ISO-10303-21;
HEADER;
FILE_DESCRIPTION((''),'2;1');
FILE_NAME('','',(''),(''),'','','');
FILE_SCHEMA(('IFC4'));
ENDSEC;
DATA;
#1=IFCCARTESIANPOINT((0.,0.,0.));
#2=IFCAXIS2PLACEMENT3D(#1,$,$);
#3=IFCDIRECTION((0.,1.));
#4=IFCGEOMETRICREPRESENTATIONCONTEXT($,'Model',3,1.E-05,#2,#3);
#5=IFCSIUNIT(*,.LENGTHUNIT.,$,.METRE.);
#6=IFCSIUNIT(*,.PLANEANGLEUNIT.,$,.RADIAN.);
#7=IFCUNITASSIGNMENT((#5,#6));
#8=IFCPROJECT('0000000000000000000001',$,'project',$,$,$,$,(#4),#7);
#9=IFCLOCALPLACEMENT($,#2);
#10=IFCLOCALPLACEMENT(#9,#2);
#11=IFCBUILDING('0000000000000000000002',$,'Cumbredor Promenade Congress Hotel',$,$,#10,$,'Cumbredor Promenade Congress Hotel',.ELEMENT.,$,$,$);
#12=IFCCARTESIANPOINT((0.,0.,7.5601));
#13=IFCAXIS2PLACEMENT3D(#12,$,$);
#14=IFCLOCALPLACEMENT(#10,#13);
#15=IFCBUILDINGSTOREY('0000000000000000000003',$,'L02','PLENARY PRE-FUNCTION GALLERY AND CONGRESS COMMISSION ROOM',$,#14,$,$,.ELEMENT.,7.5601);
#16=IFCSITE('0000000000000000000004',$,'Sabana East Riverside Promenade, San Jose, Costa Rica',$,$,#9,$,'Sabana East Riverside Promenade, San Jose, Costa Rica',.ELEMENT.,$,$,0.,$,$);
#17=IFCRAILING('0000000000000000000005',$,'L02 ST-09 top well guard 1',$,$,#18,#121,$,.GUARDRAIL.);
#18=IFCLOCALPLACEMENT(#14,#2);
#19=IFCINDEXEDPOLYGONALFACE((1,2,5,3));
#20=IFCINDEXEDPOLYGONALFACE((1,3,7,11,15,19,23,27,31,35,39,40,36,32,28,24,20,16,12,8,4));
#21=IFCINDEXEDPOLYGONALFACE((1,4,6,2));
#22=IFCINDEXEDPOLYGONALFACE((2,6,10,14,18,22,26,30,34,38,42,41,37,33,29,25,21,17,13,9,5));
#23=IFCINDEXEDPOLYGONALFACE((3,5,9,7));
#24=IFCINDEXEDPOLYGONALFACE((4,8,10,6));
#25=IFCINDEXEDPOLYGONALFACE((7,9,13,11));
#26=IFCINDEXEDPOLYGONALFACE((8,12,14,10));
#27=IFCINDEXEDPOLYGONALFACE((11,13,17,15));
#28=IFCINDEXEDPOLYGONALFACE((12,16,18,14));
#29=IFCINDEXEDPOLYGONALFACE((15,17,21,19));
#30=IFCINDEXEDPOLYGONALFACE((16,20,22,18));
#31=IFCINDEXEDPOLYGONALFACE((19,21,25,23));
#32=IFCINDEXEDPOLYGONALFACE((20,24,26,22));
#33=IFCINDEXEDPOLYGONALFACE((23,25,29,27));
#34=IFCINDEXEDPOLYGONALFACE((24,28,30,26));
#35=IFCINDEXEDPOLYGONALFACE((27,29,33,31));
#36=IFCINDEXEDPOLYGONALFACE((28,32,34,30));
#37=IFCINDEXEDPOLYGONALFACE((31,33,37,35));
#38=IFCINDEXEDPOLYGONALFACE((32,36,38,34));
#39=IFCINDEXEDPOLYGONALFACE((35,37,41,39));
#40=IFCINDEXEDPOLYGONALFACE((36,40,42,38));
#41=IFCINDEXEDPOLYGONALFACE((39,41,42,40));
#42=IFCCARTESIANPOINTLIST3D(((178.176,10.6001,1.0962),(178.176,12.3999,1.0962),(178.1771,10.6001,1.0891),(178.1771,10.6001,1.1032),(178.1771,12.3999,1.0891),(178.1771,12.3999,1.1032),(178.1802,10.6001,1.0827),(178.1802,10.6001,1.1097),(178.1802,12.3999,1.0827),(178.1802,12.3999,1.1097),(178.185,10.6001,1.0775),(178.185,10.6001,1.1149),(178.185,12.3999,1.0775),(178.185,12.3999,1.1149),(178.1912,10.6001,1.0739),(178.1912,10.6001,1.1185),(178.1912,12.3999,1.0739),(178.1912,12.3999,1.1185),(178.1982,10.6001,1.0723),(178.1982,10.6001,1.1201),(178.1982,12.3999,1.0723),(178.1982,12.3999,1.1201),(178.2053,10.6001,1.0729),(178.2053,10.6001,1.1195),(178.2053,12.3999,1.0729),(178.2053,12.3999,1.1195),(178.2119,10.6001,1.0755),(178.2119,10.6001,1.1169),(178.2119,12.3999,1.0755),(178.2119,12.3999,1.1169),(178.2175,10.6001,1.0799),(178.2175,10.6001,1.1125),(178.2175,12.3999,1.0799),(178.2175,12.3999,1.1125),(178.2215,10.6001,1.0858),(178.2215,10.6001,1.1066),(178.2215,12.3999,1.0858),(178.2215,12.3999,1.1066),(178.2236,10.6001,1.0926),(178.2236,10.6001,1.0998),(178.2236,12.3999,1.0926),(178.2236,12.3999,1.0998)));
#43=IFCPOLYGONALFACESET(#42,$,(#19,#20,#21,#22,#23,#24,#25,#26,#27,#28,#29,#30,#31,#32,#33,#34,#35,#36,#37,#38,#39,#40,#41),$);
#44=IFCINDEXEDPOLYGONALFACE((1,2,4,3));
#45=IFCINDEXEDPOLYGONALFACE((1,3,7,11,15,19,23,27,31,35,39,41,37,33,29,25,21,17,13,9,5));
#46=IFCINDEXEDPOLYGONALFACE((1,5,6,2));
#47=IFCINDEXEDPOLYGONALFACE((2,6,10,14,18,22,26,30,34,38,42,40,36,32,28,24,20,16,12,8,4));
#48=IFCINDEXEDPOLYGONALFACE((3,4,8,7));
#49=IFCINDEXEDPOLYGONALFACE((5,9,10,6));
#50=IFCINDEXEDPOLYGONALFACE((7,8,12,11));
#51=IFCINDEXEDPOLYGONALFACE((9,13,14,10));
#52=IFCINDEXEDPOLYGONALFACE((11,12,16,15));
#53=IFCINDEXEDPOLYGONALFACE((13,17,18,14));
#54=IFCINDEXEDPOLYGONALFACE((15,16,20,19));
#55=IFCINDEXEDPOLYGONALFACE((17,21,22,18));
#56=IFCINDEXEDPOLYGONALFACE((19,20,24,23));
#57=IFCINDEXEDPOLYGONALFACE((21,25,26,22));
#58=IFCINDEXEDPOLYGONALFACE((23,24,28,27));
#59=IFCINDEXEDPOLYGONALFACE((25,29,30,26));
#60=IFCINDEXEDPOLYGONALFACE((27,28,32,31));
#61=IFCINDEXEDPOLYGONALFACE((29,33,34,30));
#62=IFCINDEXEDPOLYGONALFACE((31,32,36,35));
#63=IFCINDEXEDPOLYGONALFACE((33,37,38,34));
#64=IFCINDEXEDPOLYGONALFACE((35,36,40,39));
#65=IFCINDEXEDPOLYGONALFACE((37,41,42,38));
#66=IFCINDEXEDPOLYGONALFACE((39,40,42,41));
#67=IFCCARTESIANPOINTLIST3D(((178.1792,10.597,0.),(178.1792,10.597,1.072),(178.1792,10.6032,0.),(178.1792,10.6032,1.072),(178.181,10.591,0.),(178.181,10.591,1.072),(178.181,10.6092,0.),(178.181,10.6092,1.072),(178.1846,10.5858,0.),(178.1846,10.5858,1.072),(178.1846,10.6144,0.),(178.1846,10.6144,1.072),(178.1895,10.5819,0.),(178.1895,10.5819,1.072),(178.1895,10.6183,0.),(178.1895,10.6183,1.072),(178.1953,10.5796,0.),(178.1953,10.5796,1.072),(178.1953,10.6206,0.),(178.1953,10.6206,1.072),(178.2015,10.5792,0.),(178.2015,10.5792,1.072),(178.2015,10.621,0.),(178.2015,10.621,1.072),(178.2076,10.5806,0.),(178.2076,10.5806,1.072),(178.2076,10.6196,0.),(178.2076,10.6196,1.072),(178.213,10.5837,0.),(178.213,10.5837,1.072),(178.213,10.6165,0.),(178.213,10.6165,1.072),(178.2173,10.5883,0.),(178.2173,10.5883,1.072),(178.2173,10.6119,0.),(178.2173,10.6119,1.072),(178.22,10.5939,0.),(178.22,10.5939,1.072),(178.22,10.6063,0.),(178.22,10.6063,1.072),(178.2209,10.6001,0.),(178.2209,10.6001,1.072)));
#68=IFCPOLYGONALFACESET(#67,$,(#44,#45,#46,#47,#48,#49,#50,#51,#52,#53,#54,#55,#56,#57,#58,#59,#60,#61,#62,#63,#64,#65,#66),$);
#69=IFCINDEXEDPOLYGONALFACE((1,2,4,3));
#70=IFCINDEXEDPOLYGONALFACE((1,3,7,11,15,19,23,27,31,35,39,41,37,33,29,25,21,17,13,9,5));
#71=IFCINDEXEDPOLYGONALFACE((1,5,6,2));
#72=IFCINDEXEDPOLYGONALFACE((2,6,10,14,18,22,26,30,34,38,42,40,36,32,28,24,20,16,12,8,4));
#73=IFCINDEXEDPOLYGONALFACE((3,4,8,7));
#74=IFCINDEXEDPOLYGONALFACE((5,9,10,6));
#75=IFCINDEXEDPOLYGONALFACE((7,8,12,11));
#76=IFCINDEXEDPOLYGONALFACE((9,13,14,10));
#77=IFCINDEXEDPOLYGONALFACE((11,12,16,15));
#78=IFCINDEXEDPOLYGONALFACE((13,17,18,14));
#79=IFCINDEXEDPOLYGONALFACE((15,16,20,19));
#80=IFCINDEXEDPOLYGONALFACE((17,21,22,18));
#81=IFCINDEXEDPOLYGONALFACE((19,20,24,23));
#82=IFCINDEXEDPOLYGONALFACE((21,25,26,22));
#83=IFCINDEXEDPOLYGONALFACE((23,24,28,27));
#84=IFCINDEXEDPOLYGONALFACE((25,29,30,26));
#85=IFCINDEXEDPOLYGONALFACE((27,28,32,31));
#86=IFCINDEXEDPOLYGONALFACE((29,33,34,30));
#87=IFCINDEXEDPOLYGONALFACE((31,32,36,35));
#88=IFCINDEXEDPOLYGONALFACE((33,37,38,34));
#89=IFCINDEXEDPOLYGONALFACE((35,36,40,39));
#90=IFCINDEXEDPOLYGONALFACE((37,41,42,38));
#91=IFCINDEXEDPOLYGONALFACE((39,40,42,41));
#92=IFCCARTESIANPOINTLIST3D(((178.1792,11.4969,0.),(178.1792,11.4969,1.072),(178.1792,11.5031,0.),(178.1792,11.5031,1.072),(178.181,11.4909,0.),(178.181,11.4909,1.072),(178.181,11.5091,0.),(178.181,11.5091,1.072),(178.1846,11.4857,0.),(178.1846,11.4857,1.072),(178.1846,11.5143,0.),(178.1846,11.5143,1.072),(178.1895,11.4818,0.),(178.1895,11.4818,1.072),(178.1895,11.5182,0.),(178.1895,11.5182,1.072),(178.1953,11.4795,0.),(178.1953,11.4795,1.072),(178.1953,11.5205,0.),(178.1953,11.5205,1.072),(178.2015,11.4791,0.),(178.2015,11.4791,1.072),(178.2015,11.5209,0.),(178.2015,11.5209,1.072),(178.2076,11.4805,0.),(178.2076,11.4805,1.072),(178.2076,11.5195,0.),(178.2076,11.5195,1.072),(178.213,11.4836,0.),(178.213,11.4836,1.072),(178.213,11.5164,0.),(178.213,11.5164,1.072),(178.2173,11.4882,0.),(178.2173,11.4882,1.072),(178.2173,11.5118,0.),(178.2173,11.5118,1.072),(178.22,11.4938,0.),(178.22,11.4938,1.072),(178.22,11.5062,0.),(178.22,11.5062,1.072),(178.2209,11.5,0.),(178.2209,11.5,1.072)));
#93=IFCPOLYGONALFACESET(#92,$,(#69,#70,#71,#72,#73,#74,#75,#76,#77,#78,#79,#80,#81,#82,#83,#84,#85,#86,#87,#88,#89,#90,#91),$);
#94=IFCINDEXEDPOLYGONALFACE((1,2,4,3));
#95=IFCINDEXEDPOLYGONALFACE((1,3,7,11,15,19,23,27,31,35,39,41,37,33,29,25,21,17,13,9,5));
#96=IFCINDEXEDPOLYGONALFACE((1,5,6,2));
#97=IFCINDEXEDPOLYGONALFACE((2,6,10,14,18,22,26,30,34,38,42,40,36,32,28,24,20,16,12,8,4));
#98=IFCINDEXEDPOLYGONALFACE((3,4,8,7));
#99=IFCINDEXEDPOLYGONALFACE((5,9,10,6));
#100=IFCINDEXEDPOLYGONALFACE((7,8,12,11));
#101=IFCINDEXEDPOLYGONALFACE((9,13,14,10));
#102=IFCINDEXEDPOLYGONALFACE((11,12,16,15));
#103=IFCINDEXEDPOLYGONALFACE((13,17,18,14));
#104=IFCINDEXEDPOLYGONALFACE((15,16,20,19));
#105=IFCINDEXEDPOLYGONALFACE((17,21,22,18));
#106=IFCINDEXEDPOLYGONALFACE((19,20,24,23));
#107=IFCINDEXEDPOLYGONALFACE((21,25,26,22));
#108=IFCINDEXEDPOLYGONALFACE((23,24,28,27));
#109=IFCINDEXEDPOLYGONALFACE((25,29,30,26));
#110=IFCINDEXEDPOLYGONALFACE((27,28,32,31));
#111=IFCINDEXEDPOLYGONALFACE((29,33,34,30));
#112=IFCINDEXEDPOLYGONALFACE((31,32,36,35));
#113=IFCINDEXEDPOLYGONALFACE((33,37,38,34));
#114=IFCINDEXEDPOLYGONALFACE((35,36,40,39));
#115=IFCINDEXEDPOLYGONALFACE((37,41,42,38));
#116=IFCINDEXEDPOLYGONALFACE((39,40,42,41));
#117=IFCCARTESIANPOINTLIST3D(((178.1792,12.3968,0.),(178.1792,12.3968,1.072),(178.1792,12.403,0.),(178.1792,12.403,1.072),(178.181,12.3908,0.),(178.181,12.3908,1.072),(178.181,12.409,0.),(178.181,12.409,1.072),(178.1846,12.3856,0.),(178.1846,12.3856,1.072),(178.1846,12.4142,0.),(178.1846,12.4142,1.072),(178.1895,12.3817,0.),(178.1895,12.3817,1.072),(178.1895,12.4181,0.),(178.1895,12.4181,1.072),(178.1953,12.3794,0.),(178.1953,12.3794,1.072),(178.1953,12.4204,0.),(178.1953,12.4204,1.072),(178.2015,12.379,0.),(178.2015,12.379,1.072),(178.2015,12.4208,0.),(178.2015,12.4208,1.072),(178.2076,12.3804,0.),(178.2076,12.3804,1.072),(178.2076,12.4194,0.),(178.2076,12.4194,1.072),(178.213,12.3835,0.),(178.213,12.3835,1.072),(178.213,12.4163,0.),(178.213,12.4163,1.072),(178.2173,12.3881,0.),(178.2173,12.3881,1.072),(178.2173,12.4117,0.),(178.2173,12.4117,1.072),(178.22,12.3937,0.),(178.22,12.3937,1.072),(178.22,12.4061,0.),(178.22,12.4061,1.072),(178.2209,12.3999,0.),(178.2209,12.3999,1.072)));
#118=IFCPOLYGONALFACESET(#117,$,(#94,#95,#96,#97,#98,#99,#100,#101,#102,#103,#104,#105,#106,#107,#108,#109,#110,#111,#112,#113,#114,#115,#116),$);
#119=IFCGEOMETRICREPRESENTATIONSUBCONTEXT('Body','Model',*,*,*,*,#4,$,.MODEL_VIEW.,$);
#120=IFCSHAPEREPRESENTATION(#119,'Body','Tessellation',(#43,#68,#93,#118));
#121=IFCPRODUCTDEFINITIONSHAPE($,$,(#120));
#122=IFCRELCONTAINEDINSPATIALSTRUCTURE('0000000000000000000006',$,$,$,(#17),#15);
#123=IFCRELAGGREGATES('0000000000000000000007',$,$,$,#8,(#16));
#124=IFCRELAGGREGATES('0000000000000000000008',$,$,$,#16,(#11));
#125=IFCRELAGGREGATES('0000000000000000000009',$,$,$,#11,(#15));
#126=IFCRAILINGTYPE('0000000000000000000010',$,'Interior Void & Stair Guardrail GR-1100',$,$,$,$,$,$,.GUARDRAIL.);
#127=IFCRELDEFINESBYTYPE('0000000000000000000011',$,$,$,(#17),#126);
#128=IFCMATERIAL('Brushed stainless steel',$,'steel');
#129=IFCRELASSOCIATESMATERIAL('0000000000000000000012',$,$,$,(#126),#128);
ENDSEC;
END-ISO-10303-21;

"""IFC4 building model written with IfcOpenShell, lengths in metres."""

from ifc_helpers import new_model, si_unit, direction, frame, origin, origin_2d, place, context, subcontext, project, spatial, circle, extrude, material, type_object, element, save


model = new_model("IFC4")

# Units and contexts
model_context = context("Model", 3, precision=1e-05, world=origin(), true_north=direction((0.0, 1.0)))
body_context = subcontext(model_context, "Body", "Model", "MODEL_VIEW")
ifc_project = project(units=[si_unit("LENGTHUNIT", "METRE"), si_unit("PLANEANGLEUNIT", "RADIAN")], contexts=[model_context])

# Site, building, storey
site_placement = place(None, origin())
site = spatial("IfcSite", under=ifc_project, at=site_placement, Name="Sabana East Riverside Promenade, San Jose, Costa Rica", LongName="Sabana East Riverside Promenade, San Jose, Costa Rica", CompositionType="ELEMENT", RefElevation=0.0)
building_placement = place(site_placement, origin())
building = spatial("IfcBuilding", under=site, at=building_placement, Name="Cumbredor Promenade Congress Hotel", LongName="Cumbredor Promenade Congress Hotel", CompositionType="ELEMENT")
storey_placement = place(building_placement, frame((0.0, 0.0, 7.5601)))
storey = spatial("IfcBuildingStorey", under=building, at=storey_placement, Name="L02", Description="PLENARY PRE-FUNCTION GALLERY AND CONGRESS COMMISSION ROOM", CompositionType="ELEMENT", Elevation=7.5601)

# Railing
ifc_material_1 = material(Name="Brushed stainless steel", Category="steel")
railing_type = type_object("IfcRailingType", Name="Interior Void & Stair Guardrail GR-1100", PredefinedType="GUARDRAIL", material=ifc_material_1)
railing_1_placement = place(storey_placement, frame((178.2, 10.6001, 0.0)))
element("IfcRailing", 1, at=railing_1_placement, inside=storey, type_object=railing_type, Name="L02 ST-09 top well guard 1", PredefinedType="GUARDRAIL", context=body_context, shape_type="SweptSolid", body=[
    extrude(circle(Radius=0.0239, at=origin_2d()), frame((0.0, 0.0, 1.0962), z_axis=(0.0, 1.0, 0.0), x_axis=(-1.0, 0.0, 0.0)), (0.0, 0.0, 1.0), 1.7998),
    extrude(circle(Radius=0.021, at=origin_2d()), origin(), (0.0, 0.0, 1.0), 1.072),
    extrude(circle(Radius=0.021, at=origin_2d()), frame((0.0, 0.8999, 0.0)), (0.0, 0.0, 1.0), 1.072),
    extrude(circle(Radius=0.021, at=origin_2d()), frame((0.0, 1.7998, 0.0)), (0.0, 0.0, 1.0), 1.072),
])

save(model, "model.ifc")
